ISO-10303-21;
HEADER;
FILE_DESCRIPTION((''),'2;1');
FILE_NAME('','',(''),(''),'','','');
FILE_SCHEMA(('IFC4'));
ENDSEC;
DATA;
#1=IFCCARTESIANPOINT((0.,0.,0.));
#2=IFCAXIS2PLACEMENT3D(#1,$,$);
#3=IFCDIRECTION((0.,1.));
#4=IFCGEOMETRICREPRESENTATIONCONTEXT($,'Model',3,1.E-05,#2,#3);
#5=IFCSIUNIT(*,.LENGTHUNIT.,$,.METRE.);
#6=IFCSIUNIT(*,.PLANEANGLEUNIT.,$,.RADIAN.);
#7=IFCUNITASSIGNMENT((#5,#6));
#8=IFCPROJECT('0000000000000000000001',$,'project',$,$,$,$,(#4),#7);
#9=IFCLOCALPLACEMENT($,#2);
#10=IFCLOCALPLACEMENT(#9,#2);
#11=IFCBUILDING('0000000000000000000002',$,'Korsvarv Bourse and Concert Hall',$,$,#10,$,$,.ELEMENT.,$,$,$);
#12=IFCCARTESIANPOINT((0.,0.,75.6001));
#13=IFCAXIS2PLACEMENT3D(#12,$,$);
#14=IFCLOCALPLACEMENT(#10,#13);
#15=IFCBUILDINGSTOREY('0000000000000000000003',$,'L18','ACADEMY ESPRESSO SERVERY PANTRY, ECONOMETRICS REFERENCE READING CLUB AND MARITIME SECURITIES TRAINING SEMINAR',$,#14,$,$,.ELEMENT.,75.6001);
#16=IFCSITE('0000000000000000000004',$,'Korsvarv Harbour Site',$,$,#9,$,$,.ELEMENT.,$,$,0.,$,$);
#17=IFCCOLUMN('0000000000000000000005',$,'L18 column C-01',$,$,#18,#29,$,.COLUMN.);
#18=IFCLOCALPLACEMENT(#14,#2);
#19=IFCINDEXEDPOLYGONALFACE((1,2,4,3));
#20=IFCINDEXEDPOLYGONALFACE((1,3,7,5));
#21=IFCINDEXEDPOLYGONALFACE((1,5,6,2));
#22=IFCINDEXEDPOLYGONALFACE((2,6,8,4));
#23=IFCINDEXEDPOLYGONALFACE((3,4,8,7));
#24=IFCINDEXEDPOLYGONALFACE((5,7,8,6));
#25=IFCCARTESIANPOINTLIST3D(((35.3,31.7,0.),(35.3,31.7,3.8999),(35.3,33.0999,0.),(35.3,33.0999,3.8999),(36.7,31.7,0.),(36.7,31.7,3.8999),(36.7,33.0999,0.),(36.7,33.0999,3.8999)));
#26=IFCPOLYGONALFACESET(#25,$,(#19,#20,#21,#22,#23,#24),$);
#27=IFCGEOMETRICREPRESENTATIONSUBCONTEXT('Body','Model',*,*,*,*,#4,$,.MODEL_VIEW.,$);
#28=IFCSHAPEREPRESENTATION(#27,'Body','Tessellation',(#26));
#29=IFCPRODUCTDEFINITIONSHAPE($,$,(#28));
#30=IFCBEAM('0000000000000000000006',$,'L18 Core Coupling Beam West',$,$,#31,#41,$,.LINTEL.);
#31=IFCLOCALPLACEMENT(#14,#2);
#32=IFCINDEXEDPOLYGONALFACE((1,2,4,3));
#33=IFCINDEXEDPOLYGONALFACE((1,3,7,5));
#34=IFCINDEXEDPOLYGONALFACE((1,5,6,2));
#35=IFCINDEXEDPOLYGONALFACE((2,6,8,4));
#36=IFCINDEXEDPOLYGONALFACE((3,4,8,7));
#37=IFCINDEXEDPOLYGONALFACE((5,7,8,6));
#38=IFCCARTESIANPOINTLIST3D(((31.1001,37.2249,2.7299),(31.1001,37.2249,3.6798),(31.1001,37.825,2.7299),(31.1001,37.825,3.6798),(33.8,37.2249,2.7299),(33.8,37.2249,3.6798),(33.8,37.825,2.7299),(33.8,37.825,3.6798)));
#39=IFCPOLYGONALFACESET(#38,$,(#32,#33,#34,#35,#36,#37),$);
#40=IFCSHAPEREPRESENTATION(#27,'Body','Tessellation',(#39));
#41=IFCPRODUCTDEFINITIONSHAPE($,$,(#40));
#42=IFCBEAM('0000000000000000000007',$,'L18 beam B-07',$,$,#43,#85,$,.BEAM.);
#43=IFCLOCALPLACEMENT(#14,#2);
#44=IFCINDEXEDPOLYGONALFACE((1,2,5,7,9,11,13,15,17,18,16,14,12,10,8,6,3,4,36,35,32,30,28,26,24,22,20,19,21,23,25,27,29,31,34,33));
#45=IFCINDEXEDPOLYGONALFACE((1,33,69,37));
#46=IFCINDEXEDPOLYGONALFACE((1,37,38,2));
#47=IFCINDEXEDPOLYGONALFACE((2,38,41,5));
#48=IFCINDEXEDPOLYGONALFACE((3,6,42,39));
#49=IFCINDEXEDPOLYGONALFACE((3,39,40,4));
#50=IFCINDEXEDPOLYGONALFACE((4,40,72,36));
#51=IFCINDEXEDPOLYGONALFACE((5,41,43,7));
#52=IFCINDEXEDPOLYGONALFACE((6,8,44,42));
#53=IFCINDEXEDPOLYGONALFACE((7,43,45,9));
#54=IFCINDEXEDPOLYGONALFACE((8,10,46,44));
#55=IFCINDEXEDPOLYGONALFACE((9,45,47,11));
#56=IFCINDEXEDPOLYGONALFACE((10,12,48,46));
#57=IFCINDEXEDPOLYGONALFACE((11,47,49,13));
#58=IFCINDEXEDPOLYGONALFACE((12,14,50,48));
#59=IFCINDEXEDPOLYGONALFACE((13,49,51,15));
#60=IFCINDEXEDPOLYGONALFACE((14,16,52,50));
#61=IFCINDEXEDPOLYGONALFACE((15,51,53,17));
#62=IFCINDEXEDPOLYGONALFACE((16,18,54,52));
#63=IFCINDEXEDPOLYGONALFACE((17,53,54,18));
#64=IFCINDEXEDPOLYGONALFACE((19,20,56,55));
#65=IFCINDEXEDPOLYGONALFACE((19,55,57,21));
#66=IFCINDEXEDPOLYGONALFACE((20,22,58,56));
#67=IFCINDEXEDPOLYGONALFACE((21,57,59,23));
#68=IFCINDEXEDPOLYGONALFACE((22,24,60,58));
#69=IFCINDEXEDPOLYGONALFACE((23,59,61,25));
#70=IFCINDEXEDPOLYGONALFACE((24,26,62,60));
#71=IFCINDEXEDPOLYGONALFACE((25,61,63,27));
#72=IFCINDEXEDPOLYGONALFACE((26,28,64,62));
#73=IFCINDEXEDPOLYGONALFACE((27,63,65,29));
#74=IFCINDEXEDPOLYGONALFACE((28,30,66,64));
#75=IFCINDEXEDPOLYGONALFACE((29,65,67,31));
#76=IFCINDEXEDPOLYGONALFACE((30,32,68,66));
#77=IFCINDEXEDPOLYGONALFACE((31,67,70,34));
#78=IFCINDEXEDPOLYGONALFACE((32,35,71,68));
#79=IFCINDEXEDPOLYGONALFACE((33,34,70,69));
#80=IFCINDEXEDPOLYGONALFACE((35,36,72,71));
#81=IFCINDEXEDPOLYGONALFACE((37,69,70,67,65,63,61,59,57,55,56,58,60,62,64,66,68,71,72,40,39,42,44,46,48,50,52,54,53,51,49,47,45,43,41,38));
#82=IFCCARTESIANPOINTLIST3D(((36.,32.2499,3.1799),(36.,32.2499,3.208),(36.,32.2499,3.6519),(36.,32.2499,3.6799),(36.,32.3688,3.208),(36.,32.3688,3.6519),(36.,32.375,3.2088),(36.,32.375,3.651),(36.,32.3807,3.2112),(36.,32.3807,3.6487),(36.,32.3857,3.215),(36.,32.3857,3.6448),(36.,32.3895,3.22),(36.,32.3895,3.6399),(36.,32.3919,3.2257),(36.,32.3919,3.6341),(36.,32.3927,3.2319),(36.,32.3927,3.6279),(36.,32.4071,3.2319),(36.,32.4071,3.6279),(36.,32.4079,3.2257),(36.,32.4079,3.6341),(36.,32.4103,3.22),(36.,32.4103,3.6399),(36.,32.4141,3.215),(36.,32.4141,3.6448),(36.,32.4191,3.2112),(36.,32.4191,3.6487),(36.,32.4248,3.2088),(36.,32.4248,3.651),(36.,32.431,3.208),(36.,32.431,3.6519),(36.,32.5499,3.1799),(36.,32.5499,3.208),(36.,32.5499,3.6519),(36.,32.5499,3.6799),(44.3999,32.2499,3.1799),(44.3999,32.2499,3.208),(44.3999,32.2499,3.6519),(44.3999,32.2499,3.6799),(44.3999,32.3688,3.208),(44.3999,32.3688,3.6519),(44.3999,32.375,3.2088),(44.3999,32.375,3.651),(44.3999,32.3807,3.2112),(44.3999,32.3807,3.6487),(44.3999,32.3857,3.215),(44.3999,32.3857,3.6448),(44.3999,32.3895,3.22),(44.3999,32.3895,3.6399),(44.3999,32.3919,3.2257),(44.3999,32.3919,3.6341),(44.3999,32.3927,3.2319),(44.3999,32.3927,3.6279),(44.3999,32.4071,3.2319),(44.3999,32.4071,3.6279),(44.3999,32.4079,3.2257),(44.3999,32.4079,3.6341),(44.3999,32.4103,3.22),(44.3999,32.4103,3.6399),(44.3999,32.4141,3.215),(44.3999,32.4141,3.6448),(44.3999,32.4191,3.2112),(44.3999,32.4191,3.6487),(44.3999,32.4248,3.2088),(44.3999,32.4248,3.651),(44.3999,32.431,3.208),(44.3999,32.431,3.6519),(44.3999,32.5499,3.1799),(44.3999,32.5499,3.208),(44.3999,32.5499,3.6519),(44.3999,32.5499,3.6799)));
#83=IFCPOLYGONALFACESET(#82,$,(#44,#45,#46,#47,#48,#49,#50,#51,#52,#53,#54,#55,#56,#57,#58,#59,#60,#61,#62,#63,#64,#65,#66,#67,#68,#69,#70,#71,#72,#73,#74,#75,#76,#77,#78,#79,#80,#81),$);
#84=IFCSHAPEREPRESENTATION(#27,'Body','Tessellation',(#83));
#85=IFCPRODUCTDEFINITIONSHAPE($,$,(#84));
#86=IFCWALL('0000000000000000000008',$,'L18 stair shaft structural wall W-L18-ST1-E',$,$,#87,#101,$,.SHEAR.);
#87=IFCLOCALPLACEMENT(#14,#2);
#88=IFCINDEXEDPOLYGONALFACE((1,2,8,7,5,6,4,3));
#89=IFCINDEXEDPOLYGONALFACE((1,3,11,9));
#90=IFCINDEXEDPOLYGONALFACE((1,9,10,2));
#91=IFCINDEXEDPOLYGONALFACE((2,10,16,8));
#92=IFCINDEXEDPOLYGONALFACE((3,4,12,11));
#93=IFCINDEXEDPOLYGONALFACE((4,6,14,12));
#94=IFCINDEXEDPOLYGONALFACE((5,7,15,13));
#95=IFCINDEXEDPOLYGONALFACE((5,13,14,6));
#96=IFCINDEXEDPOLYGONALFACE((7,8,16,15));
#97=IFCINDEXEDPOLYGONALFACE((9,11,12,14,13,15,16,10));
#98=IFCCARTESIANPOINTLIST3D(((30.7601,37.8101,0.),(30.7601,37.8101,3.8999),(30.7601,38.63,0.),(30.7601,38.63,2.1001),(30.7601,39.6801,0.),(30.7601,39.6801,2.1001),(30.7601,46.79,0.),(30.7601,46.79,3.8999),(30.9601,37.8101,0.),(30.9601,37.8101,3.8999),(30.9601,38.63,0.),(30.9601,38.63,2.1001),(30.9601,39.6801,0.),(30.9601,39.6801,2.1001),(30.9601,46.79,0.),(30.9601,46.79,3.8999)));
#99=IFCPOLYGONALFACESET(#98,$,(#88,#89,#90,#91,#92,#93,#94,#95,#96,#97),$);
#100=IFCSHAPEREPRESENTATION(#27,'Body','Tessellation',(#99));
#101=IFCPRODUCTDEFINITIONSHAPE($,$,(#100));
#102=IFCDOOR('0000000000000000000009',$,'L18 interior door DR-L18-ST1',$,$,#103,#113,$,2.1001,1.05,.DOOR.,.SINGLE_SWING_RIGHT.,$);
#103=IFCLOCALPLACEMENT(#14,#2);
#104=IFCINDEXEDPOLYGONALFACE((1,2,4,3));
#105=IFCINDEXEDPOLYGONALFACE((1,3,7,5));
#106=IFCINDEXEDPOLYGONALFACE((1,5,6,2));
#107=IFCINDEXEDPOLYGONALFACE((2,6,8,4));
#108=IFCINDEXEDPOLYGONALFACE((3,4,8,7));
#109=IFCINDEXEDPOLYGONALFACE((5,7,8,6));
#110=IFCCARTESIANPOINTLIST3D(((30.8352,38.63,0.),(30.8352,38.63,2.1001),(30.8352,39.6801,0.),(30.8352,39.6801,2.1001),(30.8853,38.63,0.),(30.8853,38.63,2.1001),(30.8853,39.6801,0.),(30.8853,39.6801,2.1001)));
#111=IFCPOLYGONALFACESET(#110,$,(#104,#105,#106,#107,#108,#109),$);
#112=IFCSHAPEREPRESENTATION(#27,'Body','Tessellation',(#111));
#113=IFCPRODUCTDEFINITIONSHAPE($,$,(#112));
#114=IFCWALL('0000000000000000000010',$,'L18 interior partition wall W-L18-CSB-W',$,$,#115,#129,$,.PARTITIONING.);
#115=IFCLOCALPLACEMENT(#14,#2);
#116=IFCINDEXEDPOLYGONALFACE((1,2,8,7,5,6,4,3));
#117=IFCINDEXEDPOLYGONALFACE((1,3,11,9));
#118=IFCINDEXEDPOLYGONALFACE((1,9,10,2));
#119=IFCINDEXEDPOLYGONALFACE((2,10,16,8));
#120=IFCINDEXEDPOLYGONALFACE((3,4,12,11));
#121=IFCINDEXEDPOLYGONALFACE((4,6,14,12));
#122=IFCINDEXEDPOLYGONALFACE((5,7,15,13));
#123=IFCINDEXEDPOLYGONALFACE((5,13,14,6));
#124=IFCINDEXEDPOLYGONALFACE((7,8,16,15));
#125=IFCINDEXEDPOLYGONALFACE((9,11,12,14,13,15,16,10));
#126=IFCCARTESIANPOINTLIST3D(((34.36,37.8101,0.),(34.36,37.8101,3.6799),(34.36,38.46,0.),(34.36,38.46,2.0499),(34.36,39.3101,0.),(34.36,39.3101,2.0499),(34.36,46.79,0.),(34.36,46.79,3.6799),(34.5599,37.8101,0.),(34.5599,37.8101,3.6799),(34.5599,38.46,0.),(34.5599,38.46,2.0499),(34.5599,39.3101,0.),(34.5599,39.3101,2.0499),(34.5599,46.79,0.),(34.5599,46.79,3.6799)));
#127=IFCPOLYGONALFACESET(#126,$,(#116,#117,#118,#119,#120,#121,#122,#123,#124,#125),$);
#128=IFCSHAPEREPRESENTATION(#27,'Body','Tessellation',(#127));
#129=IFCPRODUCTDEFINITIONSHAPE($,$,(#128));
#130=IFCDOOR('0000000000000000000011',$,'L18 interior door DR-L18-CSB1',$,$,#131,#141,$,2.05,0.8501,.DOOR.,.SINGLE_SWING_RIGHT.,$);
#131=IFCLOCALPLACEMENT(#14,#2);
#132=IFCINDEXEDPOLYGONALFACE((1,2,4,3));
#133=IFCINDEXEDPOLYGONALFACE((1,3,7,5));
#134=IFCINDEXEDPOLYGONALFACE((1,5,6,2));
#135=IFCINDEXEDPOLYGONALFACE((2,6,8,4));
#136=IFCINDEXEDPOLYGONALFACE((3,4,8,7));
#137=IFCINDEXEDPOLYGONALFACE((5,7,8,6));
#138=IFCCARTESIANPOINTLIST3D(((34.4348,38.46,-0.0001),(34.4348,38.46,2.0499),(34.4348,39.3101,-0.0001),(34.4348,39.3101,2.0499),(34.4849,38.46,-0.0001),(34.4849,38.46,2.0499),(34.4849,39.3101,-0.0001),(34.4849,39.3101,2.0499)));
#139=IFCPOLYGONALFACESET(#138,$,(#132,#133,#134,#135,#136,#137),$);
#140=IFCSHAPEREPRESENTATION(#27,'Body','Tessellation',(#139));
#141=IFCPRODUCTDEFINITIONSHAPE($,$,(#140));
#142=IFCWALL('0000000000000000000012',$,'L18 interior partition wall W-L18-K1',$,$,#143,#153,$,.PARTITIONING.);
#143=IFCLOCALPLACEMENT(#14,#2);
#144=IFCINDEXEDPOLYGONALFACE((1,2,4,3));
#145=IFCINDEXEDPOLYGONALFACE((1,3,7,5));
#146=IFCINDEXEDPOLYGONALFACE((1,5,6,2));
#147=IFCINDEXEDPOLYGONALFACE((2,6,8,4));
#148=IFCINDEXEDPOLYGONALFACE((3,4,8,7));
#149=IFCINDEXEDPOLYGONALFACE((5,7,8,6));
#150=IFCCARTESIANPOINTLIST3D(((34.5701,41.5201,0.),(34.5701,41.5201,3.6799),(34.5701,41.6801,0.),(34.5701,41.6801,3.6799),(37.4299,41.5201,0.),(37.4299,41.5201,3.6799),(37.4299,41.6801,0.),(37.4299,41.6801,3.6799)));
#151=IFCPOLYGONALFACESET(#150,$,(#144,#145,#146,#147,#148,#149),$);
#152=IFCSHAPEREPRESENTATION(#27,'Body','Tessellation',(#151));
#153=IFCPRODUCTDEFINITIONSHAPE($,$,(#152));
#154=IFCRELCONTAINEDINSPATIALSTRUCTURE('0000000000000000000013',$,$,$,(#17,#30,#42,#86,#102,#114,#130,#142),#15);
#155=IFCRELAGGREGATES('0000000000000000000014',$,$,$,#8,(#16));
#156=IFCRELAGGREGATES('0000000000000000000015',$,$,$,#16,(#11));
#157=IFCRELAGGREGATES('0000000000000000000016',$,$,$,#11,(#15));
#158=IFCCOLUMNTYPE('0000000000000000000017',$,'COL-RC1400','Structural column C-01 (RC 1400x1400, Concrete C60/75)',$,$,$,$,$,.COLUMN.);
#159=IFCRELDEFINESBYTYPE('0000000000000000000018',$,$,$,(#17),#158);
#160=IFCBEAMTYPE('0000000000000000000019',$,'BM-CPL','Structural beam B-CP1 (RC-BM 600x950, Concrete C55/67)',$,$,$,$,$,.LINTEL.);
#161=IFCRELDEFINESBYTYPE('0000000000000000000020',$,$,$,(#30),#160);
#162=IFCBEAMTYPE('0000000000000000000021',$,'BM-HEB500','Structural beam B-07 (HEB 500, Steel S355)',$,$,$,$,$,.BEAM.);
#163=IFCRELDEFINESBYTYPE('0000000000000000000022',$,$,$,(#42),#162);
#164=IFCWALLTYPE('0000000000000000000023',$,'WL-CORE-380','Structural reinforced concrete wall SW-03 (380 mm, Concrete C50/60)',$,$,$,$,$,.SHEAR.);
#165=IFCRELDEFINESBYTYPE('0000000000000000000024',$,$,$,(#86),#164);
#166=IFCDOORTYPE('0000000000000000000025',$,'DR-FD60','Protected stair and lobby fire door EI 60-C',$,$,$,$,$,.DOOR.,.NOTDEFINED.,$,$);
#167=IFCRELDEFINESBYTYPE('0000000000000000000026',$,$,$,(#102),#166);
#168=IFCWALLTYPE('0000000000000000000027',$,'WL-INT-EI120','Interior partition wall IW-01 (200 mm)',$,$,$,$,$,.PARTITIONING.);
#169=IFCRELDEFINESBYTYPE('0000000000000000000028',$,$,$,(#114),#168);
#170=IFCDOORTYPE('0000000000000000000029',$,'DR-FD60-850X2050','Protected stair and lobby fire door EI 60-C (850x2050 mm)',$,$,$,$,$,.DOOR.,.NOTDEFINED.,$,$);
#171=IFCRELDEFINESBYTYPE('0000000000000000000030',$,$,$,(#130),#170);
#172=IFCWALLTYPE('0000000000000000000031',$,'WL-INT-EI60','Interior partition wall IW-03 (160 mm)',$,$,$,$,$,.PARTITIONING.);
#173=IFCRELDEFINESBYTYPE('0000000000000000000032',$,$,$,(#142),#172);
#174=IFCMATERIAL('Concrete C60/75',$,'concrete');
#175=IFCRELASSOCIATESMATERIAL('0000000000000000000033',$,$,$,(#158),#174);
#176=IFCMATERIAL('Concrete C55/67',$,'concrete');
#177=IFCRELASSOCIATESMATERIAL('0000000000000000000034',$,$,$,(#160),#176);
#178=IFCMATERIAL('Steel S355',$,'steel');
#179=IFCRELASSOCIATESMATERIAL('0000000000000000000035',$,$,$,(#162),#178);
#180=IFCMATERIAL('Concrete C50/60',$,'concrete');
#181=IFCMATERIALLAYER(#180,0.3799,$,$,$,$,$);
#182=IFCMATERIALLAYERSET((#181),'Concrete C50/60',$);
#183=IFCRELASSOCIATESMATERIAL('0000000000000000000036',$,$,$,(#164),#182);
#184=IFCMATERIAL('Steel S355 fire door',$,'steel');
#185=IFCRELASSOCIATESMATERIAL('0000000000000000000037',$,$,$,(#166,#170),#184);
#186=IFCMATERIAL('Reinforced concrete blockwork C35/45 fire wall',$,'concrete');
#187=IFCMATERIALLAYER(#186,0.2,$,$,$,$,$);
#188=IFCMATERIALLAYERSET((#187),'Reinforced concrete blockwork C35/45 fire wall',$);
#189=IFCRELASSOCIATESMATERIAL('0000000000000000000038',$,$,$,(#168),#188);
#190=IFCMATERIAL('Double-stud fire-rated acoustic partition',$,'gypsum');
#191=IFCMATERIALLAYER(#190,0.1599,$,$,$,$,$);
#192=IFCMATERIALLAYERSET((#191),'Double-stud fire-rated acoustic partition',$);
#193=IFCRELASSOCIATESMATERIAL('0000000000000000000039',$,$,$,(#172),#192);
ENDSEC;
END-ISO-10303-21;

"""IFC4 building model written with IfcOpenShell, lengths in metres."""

from ifc_helpers import new_model, si_unit, direction, frame, frame_2d, origin, origin_2d, place, context, subcontext, project, spatial, rectangle, i_section, extrude, source, transform, mapped, material, layer, layer_set, material_profile, profile_set, type_object, element, fill, save


model = new_model("IFC4")

# Units and contexts
model_context = context("Model", 3, precision=1e-05, world=origin(), true_north=direction((0.0, 1.0)))
body_context = subcontext(model_context, "Body", "Model", "MODEL_VIEW")
ifc_project = project(units=[si_unit("LENGTHUNIT", "METRE"), si_unit("PLANEANGLEUNIT", "RADIAN")], contexts=[model_context])

# Site, building, storey
site_placement = place(None, origin())
site = spatial("IfcSite", under=ifc_project, at=site_placement, Name="Korsvarv Harbour Site", CompositionType="ELEMENT", RefElevation=0.0)
building_placement = place(site_placement, origin())
building = spatial("IfcBuilding", under=site, at=building_placement, Name="Korsvarv Bourse and Concert Hall", CompositionType="ELEMENT")
storey_placement = place(building_placement, frame((0.0, 0.0, 75.6001)))
storey = spatial("IfcBuildingStorey", under=building, at=storey_placement, Name="L18", Description="ACADEMY ESPRESSO SERVERY PANTRY, ECONOMETRICS REFERENCE READING CLUB AND MARITIME SECURITIES TRAINING SEMINAR", CompositionType="ELEMENT", Elevation=75.6001)

# Column
ifc_material_1 = material(Name="Concrete C60/75", Category="concrete")
ifc_material_profile_1 = material_profile(ifc_material_1, rectangle(XDim=1.3999, YDim=1.3999, at=origin_2d()), Name="RC 1400x1400")
ifc_profile_set_1 = profile_set([ifc_material_profile_1], Name="Concrete C60/75")
column_type = type_object("IfcColumnType", Name="COL-RC1400", Description="Structural column C-01 (RC 1400x1400, Concrete C60/75)", PredefinedType="COLUMN", material=ifc_profile_set_1)
shared_shape_1 = source(origin(), body_context, "Body", "SweptSolid", [
    extrude(rectangle(XDim=1.3999, YDim=1.3999, at=origin_2d()), origin(), (0.0, 0.0, 1.0), 3.8999),
])
column_placement = place(storey_placement, frame((36.0, 32.3999, 0.0), z_axis=(0.0, 0.0, 1.0), x_axis=(1.0, 0.0, 0.0)))
element("IfcColumn", 1, at=column_placement, inside=storey, type_object=column_type, Name="L18 column C-01", PredefinedType="COLUMN", context=body_context, shape_type="MappedRepresentation", body=[
    mapped(shared_shape_1, transform((0.0, 0.0, 0.0), scale=1.0)),
])

# Beams
ifc_material_2 = material(Name="Concrete C55/67", Category="concrete")
ifc_material_profile_2 = material_profile(ifc_material_2, rectangle(XDim=0.6001, YDim=0.95, at=origin_2d()), Name="RC-BM 600x950")
ifc_profile_set_2 = profile_set([ifc_material_profile_2], Name="Concrete C55/67")
beam_type_1 = type_object("IfcBeamType", Name="BM-CPL", Description="Structural beam B-CP1 (RC-BM 600x950, Concrete C55/67)", PredefinedType="LINTEL", material=ifc_profile_set_2)
shared_shape_2 = source(origin(), body_context, "Body", "SweptSolid", [
    extrude(rectangle(XDim=0.6001, YDim=0.95, at=origin_2d()), origin(), (0.0, 0.0, 1.0), 2.7),
])
beam_1_placement = place(storey_placement, frame((31.1001, 37.5249, 3.2048), z_axis=(1.0, 0.0, 0.0), x_axis=(0.0, 1.0, 0.0)))
element("IfcBeam", 2, at=beam_1_placement, inside=storey, type_object=beam_type_1, Name="L18 Core Coupling Beam West", PredefinedType="LINTEL", context=body_context, shape_type="MappedRepresentation", body=[
    mapped(shared_shape_2, transform((0.0, 0.0, 0.0), scale=1.0)),
])
ifc_material_3 = material(Name="Steel S355", Category="steel")
ifc_material_profile_3 = material_profile(ifc_material_3, i_section(OverallWidth=0.3, OverallDepth=0.5, WebThickness=0.0144, FlangeThickness=0.0281, FilletRadius=0.0239, at=origin_2d()), Name="HEB 500")
ifc_profile_set_3 = profile_set([ifc_material_profile_3], Name="Steel S355")
beam_type_2 = type_object("IfcBeamType", Name="BM-HEB500", Description="Structural beam B-07 (HEB 500, Steel S355)", PredefinedType="BEAM", material=ifc_profile_set_3)
shared_shape_3 = source(origin(), body_context, "Body", "SweptSolid", [
    extrude(i_section(OverallWidth=0.3, OverallDepth=0.5, WebThickness=0.0144, FlangeThickness=0.0281, FilletRadius=0.0239, at=origin_2d()), origin(), (0.0, 0.0, 1.0), 8.3999),
])
beam_2_placement = place(storey_placement, frame((36.0, 32.3999, 3.4299), z_axis=(1.0, 0.0, 0.0), x_axis=(0.0, 1.0, 0.0)))
element("IfcBeam", 3, at=beam_2_placement, inside=storey, type_object=beam_type_2, Name="L18 beam B-07", PredefinedType="BEAM", context=body_context, shape_type="MappedRepresentation", body=[
    mapped(shared_shape_3, transform((0.0, 0.0, 0.0), scale=1.0)),
])

# Walls, openings, doors
ifc_material_4 = material(Name="Concrete C50/60", Category="concrete")
ifc_layer_1 = layer(ifc_material_4, 0.3799)
ifc_layer_set_1 = layer_set([ifc_layer_1], Name="Concrete C50/60")
wall_type_1 = type_object("IfcWallType", Name="WL-CORE-380", Description="Structural reinforced concrete wall SW-03 (380 mm, Concrete C50/60)", PredefinedType="SHEAR", material=ifc_layer_set_1)
wall_1_placement = place(storey_placement, frame((30.8601, 37.8101, 0.0), z_axis=(0.0, 0.0, 1.0), x_axis=(0.0, 1.0, 0.0)))
wall_1 = element("IfcWall", 4, at=wall_1_placement, inside=storey, type_object=wall_type_1, Name="L18 stair shaft structural wall W-L18-ST1-E", PredefinedType="SHEAR", context=body_context, shape_type="SweptSolid", body=[
    extrude(rectangle(XDim=8.98, YDim=0.2, at=frame_2d((4.49, 0.0))), origin(), (0.0, 0.0, 1.0), 3.8999),
])
opening_1_placement = place(wall_1_placement, frame((0.8201, 0.0, 0.0)))
opening_1 = element("IfcOpeningElement", 5, at=opening_1_placement, cuts=wall_1, PredefinedType="OPENING", context=body_context, shape_type="SweptSolid", body=[
    extrude(rectangle(XDim=1.05, YDim=2.1001, at=frame_2d((0.5249, 1.05))), frame((0.0, 0.1099, 0.0), z_axis=(0.0, -1.0, 0.0), x_axis=(1.0, 0.0, 0.0)), (0.0, 0.0, 1.0), 0.22),
])
ifc_material_5 = material(Name="Steel S355 fire door", Category="steel")
door_type_1 = type_object("IfcDoorType", Name="DR-FD60", Description="Protected stair and lobby fire door EI 60-C", OperationType="NOTDEFINED", PredefinedType="DOOR", material=ifc_material_5)
door_1_placement = place(opening_1_placement, origin())
door_1 = element("IfcDoor", 6, at=door_1_placement, inside=storey, type_object=door_type_1, Name="L18 interior door DR-L18-ST1", OperationType="SINGLE_SWING_RIGHT", OverallHeight=2.1001, OverallWidth=1.05, PredefinedType="DOOR", context=body_context, shape_type="SweptSolid", body=[
    extrude(rectangle(XDim=1.05, YDim=2.1001, at=frame_2d((0.5249, 1.05))), frame((0.0, 0.0249, 0.0), z_axis=(0.0, -1.0, 0.0), x_axis=(1.0, 0.0, 0.0)), (0.0, 0.0, 1.0), 0.05),
])
fill(opening_1, door_1)
ifc_material_6 = material(Name="Reinforced concrete blockwork C35/45 fire wall", Category="concrete")
ifc_layer_2 = layer(ifc_material_6, 0.2)
ifc_layer_set_2 = layer_set([ifc_layer_2], Name="Reinforced concrete blockwork C35/45 fire wall")
wall_type_2 = type_object("IfcWallType", Name="WL-INT-EI120", Description="Interior partition wall IW-01 (200 mm)", PredefinedType="PARTITIONING", material=ifc_layer_set_2)
wall_2_placement = place(storey_placement, frame((34.46, 37.8101, 0.0), z_axis=(0.0, 0.0, 1.0), x_axis=(0.0, 1.0, 0.0)))
wall_2 = element("IfcWall", 7, at=wall_2_placement, inside=storey, type_object=wall_type_2, Name="L18 interior partition wall W-L18-CSB-W", PredefinedType="PARTITIONING", context=body_context, shape_type="SweptSolid", body=[
    extrude(rectangle(XDim=8.98, YDim=0.2, at=frame_2d((4.49, 0.0))), origin(), (0.0, 0.0, 1.0), 3.6799),
])
opening_2_placement = place(wall_2_placement, frame((0.6499, 0.0, 0.0)))
opening_2 = element("IfcOpeningElement", 8, at=opening_2_placement, cuts=wall_2, PredefinedType="OPENING", context=body_context, shape_type="SweptSolid", body=[
    extrude(rectangle(XDim=0.8501, YDim=2.05, at=frame_2d((0.425, 1.0249))), frame((0.0, 0.1099, 0.0), z_axis=(0.0, -1.0, 0.0), x_axis=(1.0, 0.0, 0.0)), (0.0, 0.0, 1.0), 0.22),
])
door_type_2 = type_object("IfcDoorType", Name="DR-FD60-850X2050", Description="Protected stair and lobby fire door EI 60-C (850x2050 mm)", OperationType="NOTDEFINED", PredefinedType="DOOR", material=ifc_material_5)
door_2_placement = place(opening_2_placement, frame((0.8501, 0.0, 0.0), z_axis=(0.0, 0.0, 1.0), x_axis=(-1.0, 0.0, 0.0)))
door_2 = element("IfcDoor", 9, at=door_2_placement, inside=storey, type_object=door_type_2, Name="L18 interior door DR-L18-CSB1", OperationType="SINGLE_SWING_RIGHT", OverallHeight=2.05, OverallWidth=0.8501, PredefinedType="DOOR", context=body_context, shape_type="SweptSolid", body=[
    extrude(rectangle(XDim=0.8501, YDim=2.05, at=frame_2d((0.425, 1.0249))), frame((0.0, 0.0249, 0.0), z_axis=(0.0, -1.0, 0.0), x_axis=(1.0, 0.0, 0.0)), (0.0, 0.0, 1.0), 0.05),
])
fill(opening_2, door_2)

# Wall
ifc_material_7 = material(Name="Double-stud fire-rated acoustic partition", Category="gypsum")
ifc_layer_3 = layer(ifc_material_7, 0.1599)
ifc_layer_set_3 = layer_set([ifc_layer_3], Name="Double-stud fire-rated acoustic partition")
wall_type_3 = type_object("IfcWallType", Name="WL-INT-EI60", Description="Interior partition wall IW-03 (160 mm)", PredefinedType="PARTITIONING", material=ifc_layer_set_3)
wall_3_placement = place(storey_placement, frame((34.5701, 41.6001, 0.0), z_axis=(0.0, 0.0, 1.0), x_axis=(1.0, 0.0, 0.0)))
element("IfcWall", 10, at=wall_3_placement, inside=storey, type_object=wall_type_3, Name="L18 interior partition wall W-L18-K1", PredefinedType="PARTITIONING", context=body_context, shape_type="SweptSolid", body=[
    extrude(rectangle(XDim=2.8599, YDim=0.1599, at=frame_2d((1.4299, 0.0))), origin(), (0.0, 0.0, 1.0), 3.6799),
])

save(model, "model.ifc")
